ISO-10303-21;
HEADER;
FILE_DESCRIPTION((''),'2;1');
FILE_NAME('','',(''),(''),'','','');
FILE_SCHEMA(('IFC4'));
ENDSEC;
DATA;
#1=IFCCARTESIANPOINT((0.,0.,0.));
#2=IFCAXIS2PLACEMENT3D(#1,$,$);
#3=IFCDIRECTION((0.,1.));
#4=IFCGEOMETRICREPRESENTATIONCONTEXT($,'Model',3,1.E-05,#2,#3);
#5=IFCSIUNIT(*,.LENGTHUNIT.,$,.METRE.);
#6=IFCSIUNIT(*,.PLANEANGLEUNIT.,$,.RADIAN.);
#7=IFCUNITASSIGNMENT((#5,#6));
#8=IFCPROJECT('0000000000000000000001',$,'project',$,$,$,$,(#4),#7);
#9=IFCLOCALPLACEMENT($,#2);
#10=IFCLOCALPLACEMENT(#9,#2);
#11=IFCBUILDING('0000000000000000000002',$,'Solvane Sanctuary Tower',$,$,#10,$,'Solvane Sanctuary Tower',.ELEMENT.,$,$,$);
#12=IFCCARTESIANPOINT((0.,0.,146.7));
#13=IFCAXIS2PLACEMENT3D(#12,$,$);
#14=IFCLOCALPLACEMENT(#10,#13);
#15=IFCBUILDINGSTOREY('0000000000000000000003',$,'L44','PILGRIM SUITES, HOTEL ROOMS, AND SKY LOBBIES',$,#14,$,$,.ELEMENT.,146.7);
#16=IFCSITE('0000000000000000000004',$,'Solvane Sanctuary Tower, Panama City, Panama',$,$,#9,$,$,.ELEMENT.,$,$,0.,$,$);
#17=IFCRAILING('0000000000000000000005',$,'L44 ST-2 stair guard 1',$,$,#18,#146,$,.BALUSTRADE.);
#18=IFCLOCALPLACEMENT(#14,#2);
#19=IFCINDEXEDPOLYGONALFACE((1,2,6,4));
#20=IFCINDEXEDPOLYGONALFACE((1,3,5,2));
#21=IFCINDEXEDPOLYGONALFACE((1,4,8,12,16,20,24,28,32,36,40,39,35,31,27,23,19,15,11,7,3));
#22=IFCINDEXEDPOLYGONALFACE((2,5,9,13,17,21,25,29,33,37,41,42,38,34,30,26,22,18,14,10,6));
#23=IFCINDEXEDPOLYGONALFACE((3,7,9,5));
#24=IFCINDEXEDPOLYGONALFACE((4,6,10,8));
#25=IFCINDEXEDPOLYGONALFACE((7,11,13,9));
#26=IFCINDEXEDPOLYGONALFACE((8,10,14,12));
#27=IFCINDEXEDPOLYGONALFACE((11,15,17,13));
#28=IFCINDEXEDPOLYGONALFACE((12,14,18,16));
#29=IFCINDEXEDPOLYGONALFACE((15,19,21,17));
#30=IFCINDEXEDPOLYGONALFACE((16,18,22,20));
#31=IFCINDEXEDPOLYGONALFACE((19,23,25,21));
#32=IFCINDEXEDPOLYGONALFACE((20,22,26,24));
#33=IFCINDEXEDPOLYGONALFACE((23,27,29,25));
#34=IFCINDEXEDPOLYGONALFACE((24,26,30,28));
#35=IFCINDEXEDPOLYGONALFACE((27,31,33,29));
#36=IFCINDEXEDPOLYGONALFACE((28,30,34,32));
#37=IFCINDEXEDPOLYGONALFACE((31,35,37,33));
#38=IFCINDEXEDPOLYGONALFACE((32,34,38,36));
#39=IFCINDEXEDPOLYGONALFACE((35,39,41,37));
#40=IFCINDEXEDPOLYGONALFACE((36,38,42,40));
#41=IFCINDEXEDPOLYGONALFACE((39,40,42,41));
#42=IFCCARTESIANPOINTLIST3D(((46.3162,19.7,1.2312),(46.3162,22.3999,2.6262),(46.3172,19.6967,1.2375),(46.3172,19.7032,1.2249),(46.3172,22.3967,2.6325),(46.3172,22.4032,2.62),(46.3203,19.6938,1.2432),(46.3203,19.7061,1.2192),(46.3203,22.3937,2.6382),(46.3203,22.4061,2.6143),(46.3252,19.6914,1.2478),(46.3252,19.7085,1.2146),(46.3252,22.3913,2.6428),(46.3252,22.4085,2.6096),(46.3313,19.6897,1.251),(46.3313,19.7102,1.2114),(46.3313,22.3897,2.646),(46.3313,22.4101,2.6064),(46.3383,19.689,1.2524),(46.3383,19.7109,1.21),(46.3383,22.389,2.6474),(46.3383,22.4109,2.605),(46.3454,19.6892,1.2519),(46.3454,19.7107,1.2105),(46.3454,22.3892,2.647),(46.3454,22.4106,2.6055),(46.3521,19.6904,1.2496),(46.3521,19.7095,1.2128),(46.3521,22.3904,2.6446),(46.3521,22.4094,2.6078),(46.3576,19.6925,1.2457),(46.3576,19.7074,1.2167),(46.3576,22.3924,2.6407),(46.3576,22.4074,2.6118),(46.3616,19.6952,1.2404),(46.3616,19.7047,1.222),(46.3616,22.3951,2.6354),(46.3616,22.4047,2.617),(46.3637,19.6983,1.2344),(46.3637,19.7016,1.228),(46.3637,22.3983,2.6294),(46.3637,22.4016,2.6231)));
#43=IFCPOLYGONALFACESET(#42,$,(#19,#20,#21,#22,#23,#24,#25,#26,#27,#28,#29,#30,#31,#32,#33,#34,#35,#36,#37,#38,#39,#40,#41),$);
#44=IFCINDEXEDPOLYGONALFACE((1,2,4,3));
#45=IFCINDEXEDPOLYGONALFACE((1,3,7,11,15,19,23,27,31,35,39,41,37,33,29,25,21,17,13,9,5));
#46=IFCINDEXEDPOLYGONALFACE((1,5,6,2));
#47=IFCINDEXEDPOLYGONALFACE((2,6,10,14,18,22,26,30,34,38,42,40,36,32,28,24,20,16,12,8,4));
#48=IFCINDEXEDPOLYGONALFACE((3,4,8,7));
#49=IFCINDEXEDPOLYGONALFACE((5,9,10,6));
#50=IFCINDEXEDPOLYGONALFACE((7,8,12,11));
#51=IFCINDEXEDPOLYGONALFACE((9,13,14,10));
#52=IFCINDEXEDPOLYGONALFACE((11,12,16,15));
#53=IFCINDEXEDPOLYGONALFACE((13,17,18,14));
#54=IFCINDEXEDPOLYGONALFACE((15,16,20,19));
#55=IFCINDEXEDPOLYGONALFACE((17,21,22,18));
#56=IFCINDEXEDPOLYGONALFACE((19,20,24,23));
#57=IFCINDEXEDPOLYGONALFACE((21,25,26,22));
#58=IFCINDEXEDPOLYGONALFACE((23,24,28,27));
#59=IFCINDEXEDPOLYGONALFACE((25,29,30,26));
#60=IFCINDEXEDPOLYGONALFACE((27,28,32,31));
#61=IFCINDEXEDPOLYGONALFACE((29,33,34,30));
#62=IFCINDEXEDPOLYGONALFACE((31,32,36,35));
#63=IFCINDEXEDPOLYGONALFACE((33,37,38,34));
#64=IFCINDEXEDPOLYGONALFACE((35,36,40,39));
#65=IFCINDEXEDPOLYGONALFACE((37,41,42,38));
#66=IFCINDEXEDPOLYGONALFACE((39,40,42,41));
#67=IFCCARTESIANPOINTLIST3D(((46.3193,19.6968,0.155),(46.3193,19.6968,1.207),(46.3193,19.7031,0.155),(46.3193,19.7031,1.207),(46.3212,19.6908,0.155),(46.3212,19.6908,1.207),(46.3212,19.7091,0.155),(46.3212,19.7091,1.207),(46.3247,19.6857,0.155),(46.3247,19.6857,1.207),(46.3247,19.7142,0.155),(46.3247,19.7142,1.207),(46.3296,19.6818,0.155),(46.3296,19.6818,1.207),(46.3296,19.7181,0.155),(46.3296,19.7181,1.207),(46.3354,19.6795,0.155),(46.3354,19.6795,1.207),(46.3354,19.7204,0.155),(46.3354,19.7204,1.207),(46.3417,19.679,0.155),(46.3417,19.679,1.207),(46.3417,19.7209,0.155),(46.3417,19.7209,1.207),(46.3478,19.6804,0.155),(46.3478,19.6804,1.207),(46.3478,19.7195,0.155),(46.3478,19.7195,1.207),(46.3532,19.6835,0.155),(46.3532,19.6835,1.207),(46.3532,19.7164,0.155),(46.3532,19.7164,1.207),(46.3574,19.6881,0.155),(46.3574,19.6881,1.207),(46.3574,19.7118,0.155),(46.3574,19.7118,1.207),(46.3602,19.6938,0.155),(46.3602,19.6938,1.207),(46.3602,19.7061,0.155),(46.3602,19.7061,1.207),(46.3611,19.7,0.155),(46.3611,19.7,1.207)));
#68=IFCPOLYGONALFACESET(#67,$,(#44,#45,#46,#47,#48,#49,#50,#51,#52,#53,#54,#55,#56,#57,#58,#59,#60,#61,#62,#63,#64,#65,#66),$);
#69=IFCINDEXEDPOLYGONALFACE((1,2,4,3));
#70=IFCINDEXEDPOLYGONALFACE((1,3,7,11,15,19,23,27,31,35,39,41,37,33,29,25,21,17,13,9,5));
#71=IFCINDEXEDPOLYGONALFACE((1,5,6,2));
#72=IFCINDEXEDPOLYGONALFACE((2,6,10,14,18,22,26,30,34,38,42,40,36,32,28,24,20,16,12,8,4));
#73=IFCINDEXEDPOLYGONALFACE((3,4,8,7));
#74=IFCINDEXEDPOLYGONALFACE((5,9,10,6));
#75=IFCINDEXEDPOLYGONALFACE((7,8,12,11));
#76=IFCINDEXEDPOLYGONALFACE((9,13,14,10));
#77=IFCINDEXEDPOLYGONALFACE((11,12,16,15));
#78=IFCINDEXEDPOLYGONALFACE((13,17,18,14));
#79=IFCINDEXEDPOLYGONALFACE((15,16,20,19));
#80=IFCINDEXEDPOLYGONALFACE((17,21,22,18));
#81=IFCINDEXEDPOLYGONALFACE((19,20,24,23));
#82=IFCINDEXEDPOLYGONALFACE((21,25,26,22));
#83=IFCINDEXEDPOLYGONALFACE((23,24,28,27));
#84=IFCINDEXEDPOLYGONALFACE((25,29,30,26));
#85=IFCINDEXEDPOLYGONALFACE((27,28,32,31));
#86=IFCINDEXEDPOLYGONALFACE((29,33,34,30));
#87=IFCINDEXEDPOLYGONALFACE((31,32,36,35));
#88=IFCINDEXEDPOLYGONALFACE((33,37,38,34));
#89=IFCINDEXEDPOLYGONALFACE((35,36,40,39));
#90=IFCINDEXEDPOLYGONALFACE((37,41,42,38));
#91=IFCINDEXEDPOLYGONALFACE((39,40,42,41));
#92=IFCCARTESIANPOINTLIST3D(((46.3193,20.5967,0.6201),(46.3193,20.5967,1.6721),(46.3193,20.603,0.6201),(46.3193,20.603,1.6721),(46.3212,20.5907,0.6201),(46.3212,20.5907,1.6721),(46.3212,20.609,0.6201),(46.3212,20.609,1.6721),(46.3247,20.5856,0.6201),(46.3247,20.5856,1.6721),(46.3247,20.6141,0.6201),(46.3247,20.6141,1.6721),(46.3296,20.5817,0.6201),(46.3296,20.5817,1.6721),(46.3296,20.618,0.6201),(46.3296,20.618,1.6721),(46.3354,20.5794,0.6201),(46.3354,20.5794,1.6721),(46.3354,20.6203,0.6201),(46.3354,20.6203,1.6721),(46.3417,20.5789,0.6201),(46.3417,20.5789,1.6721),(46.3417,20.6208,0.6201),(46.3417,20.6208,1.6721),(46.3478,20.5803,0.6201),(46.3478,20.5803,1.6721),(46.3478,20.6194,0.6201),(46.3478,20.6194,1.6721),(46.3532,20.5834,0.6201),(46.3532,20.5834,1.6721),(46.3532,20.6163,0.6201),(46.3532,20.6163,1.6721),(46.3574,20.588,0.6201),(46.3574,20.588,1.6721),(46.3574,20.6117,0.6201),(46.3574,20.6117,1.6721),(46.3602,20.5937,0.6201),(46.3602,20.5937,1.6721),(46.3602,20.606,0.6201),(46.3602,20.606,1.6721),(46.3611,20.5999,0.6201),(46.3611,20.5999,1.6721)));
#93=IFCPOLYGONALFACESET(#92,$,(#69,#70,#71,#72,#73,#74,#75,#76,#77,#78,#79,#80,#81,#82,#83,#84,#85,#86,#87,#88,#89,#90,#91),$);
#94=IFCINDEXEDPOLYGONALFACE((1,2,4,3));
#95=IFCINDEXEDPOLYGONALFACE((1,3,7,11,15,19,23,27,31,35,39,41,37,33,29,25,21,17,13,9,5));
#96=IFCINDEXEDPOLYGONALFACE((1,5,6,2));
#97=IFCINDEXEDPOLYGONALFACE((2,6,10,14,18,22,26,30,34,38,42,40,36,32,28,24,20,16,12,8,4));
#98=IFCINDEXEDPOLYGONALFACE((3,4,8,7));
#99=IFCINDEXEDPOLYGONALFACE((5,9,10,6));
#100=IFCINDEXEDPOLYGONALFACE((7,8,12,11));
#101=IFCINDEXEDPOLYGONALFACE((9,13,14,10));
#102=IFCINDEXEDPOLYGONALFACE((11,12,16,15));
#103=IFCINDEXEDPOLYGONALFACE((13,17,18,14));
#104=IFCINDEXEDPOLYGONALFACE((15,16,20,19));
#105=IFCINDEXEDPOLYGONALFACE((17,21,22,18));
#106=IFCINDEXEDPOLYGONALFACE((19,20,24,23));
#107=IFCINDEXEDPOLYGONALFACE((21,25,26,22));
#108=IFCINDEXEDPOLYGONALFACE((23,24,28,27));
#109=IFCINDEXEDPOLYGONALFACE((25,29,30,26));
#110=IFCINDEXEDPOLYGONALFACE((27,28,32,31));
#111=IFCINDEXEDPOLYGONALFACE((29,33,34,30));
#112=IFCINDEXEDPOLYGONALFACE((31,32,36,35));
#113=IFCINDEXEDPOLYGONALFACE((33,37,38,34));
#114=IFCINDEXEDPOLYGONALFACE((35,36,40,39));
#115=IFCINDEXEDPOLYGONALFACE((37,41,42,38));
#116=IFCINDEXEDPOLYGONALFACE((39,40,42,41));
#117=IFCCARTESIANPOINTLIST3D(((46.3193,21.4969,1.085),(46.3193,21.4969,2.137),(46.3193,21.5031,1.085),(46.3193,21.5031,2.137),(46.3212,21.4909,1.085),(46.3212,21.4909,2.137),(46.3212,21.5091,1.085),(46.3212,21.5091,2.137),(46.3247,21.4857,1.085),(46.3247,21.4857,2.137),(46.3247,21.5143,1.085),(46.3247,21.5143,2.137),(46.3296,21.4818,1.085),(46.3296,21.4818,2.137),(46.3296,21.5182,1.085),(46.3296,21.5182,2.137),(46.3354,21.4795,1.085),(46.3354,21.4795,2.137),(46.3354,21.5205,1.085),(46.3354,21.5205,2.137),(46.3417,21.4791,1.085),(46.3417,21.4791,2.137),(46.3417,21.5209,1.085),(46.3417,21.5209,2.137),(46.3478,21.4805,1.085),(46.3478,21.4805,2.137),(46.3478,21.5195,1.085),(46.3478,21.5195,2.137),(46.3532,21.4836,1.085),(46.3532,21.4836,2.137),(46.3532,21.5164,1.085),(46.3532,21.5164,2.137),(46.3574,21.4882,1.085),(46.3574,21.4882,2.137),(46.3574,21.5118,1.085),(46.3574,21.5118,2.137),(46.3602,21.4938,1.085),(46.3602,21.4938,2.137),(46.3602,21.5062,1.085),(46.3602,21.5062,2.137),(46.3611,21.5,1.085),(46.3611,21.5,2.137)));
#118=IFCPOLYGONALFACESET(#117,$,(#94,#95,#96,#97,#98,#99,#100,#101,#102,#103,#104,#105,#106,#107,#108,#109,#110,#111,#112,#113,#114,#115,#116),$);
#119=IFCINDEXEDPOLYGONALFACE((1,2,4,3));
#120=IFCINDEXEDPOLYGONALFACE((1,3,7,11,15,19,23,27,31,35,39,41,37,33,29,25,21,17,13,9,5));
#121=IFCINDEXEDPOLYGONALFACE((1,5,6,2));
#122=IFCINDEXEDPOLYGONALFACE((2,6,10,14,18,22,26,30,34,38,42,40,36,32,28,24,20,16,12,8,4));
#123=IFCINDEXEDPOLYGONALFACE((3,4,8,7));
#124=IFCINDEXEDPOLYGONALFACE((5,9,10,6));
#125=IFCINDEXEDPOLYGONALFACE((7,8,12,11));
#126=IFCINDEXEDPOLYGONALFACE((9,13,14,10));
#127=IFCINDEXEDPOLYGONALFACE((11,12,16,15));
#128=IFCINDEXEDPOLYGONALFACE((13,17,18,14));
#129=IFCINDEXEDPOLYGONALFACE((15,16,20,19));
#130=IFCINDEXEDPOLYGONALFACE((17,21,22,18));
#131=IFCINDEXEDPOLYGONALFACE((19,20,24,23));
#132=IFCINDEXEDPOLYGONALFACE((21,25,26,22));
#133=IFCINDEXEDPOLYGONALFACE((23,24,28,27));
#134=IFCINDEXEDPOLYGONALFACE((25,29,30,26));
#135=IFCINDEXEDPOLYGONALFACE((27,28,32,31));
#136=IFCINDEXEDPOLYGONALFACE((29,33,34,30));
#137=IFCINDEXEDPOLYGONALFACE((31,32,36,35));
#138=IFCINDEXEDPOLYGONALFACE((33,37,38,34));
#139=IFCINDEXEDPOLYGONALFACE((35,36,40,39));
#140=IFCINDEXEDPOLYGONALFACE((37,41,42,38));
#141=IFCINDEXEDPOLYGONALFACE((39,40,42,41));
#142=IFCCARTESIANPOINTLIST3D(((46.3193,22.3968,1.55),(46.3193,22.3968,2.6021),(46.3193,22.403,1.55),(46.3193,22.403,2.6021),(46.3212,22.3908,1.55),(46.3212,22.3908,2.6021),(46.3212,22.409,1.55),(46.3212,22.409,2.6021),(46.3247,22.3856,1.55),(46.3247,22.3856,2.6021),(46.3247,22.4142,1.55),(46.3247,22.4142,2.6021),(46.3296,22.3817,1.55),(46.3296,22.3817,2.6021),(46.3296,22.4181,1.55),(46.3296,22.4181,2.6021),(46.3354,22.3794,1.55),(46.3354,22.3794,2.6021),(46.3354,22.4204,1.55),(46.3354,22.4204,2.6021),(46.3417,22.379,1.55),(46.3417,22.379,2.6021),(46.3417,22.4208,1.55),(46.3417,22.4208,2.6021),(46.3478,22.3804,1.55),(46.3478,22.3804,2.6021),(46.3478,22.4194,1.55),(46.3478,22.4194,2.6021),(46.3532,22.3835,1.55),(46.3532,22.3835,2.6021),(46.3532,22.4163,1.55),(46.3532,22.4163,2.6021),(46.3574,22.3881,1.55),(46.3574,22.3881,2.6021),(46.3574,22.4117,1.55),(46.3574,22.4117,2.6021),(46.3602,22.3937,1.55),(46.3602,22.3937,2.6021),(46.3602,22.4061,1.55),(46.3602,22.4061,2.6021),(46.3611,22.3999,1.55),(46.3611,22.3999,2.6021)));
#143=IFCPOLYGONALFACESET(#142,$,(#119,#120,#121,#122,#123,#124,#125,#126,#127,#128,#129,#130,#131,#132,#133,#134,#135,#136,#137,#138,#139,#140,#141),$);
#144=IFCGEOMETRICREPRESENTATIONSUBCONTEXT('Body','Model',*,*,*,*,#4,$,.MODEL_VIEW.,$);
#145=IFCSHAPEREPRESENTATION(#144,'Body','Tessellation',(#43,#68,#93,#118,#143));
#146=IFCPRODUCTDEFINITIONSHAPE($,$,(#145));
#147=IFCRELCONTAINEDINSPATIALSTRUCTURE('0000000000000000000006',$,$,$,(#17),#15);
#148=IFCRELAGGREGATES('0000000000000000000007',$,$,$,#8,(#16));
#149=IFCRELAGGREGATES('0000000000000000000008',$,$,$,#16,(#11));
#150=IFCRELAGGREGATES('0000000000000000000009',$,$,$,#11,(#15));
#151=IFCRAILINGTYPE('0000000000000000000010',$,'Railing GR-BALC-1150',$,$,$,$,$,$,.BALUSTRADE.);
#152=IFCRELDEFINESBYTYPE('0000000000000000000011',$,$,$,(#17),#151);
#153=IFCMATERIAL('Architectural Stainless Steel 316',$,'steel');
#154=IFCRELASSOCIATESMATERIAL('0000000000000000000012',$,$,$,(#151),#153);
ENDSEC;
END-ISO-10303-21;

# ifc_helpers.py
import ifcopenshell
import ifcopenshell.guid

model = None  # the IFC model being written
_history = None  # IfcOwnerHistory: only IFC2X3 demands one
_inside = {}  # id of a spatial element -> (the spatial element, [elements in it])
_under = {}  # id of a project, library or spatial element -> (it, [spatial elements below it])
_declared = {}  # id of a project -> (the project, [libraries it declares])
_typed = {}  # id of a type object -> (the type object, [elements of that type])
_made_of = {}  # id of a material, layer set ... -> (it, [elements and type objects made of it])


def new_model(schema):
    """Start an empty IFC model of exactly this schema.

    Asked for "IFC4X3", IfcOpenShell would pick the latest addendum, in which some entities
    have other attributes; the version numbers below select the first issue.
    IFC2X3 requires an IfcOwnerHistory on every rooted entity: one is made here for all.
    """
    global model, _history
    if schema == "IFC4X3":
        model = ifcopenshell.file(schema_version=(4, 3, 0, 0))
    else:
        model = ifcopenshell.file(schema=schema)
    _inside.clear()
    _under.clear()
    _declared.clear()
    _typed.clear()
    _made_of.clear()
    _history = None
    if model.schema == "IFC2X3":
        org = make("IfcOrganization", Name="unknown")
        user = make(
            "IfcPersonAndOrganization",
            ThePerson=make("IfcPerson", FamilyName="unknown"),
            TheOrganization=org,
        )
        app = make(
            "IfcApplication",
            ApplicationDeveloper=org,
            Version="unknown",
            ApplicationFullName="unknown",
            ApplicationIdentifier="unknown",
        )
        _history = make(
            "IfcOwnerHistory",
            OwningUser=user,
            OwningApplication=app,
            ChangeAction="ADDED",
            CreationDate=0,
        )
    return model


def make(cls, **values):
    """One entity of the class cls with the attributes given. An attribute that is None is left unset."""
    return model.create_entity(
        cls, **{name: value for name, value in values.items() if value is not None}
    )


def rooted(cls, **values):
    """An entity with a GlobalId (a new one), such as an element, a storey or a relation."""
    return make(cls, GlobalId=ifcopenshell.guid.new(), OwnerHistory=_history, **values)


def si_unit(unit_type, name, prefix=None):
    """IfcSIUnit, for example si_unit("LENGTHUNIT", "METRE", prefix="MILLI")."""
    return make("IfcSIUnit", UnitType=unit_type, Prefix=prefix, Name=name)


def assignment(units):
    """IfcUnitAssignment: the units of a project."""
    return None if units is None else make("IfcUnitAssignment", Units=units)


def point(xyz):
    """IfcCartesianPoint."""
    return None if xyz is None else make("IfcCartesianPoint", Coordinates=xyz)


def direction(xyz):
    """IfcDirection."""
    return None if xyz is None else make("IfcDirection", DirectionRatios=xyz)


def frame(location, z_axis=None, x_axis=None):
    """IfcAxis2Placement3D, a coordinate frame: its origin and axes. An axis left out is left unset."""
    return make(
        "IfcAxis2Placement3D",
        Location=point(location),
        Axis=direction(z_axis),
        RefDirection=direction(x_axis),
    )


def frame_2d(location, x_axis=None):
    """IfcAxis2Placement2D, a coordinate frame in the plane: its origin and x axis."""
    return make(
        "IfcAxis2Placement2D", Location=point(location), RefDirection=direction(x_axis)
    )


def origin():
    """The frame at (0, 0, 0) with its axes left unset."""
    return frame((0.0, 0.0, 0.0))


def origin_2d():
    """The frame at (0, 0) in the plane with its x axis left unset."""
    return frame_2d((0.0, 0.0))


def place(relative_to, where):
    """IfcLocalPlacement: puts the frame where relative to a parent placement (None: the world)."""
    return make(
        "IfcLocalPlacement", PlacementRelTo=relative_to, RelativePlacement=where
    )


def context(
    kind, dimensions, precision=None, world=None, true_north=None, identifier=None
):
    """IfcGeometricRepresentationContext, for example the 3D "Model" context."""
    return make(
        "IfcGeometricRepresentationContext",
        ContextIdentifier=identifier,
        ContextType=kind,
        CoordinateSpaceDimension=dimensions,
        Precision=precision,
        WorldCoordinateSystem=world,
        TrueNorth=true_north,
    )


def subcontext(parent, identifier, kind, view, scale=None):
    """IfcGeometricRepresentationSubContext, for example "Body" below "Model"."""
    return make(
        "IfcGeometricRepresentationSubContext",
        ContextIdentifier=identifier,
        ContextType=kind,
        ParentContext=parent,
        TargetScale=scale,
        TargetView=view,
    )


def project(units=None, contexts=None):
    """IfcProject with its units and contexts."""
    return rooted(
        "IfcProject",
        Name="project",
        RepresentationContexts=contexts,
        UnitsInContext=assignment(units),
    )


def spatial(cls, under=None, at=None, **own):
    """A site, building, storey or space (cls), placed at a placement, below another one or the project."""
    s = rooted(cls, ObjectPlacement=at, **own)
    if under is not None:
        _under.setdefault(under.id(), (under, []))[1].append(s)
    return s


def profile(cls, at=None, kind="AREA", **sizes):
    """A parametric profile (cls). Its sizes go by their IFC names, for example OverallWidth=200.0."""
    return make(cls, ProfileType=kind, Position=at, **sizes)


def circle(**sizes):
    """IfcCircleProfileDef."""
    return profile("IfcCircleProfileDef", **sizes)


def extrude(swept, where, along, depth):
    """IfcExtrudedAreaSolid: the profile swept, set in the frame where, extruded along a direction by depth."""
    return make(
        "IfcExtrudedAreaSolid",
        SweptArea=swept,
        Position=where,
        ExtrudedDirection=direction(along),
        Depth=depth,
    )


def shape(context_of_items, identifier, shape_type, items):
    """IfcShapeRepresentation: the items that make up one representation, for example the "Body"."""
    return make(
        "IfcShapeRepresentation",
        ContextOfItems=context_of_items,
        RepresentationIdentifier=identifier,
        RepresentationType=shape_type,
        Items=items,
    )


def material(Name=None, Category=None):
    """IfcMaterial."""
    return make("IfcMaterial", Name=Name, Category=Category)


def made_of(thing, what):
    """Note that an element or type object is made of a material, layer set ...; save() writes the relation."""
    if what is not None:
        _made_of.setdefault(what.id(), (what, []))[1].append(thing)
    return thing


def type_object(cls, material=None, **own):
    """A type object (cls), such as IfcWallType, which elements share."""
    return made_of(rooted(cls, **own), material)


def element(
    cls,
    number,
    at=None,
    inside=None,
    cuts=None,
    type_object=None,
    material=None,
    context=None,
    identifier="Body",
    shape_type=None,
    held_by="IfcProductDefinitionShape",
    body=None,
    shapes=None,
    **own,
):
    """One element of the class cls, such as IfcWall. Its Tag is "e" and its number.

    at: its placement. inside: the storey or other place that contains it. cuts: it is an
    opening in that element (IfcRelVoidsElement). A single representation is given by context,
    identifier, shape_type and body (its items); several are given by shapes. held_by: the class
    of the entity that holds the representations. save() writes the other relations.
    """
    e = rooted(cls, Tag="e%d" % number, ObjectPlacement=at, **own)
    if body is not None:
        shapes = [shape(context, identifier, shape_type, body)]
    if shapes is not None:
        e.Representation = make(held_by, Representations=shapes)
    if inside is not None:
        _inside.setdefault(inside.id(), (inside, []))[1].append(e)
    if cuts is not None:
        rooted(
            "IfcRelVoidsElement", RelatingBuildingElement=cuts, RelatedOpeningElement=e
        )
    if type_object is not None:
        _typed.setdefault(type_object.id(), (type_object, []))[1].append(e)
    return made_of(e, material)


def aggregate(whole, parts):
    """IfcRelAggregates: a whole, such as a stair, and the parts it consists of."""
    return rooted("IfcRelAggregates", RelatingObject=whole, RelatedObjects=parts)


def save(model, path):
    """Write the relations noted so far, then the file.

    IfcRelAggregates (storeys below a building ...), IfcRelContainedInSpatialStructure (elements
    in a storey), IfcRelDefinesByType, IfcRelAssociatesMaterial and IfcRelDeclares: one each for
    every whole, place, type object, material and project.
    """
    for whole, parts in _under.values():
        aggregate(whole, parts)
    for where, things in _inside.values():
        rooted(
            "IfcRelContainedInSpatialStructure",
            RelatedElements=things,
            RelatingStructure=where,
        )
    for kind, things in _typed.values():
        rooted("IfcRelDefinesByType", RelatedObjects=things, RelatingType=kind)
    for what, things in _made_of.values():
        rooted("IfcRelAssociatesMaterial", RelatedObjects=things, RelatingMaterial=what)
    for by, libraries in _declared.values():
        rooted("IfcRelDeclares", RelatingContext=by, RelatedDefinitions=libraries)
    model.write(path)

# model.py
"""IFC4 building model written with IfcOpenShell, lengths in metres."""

from ifc_helpers import new_model, si_unit, direction, frame, origin, origin_2d, place, context, subcontext, project, spatial, circle, extrude, material, type_object, element, save


model = new_model("IFC4")

# Units and contexts
model_context = context("Model", 3, precision=1e-05, world=origin(), true_north=direction((0.0, 1.0)))
body_context = subcontext(model_context, "Body", "Model", "MODEL_VIEW")
ifc_project = project(units=[si_unit("LENGTHUNIT", "METRE"), si_unit("PLANEANGLEUNIT", "RADIAN")], contexts=[model_context])

# Site, building, storey
site_placement = place(None, origin())
site = spatial("IfcSite", under=ifc_project, at=site_placement, Name="Solvane Sanctuary Tower, Panama City, Panama", CompositionType="ELEMENT", RefElevation=0.0)
building_placement = place(site_placement, origin())
building = spatial("IfcBuilding", under=site, at=building_placement, Name="Solvane Sanctuary Tower", LongName="Solvane Sanctuary Tower", CompositionType="ELEMENT")
storey_placement = place(building_placement, frame((0.0, 0.0, 146.7)))
storey = spatial("IfcBuildingStorey", under=building, at=storey_placement, Name="L44", Description="PILGRIM SUITES, HOTEL ROOMS, AND SKY LOBBIES", CompositionType="ELEMENT", Elevation=146.7)

# Shared definitions
ifc_material_1 = material(Name="Architectural Stainless Steel 316", Category="steel")

# Railing
railing_type_1 = type_object("IfcRailingType", Name="Railing GR-BALC-1150", PredefinedType="BALUSTRADE", material=ifc_material_1)
railing_1_placement = place(storey_placement, frame((46.3401, 19.7, 0.155)))
element("IfcRailing", 1, at=railing_1_placement, inside=storey, type_object=railing_type_1, Name="L44 ST-2 stair guard 1", PredefinedType="BALUSTRADE", context=body_context, shape_type="SweptSolid", body=[
    extrude(circle(Radius=0.0239, at=origin_2d()), frame((0.0, 0.0, 1.0762), z_axis=(0.0, 0.88842, 0.459032), x_axis=(-1.0, 0.0, 0.0)), (0.0, 0.0, 1.0), 3.0391),
    extrude(circle(Radius=0.021, at=origin_2d()), origin(), (0.0, 0.0, 1.0), 1.052),
    extrude(circle(Radius=0.021, at=origin_2d()), frame((0.0, 0.8999, 0.4651)), (0.0, 0.0, 1.0), 1.052),
    extrude(circle(Radius=0.021, at=origin_2d()), frame((0.0, 1.8, 0.9299)), (0.0, 0.0, 1.0), 1.052),
    extrude(circle(Radius=0.021, at=origin_2d()), frame((0.0, 2.7, 1.395)), (0.0, 0.0, 1.0), 1.052),
])

save(model, "model.ifc")
